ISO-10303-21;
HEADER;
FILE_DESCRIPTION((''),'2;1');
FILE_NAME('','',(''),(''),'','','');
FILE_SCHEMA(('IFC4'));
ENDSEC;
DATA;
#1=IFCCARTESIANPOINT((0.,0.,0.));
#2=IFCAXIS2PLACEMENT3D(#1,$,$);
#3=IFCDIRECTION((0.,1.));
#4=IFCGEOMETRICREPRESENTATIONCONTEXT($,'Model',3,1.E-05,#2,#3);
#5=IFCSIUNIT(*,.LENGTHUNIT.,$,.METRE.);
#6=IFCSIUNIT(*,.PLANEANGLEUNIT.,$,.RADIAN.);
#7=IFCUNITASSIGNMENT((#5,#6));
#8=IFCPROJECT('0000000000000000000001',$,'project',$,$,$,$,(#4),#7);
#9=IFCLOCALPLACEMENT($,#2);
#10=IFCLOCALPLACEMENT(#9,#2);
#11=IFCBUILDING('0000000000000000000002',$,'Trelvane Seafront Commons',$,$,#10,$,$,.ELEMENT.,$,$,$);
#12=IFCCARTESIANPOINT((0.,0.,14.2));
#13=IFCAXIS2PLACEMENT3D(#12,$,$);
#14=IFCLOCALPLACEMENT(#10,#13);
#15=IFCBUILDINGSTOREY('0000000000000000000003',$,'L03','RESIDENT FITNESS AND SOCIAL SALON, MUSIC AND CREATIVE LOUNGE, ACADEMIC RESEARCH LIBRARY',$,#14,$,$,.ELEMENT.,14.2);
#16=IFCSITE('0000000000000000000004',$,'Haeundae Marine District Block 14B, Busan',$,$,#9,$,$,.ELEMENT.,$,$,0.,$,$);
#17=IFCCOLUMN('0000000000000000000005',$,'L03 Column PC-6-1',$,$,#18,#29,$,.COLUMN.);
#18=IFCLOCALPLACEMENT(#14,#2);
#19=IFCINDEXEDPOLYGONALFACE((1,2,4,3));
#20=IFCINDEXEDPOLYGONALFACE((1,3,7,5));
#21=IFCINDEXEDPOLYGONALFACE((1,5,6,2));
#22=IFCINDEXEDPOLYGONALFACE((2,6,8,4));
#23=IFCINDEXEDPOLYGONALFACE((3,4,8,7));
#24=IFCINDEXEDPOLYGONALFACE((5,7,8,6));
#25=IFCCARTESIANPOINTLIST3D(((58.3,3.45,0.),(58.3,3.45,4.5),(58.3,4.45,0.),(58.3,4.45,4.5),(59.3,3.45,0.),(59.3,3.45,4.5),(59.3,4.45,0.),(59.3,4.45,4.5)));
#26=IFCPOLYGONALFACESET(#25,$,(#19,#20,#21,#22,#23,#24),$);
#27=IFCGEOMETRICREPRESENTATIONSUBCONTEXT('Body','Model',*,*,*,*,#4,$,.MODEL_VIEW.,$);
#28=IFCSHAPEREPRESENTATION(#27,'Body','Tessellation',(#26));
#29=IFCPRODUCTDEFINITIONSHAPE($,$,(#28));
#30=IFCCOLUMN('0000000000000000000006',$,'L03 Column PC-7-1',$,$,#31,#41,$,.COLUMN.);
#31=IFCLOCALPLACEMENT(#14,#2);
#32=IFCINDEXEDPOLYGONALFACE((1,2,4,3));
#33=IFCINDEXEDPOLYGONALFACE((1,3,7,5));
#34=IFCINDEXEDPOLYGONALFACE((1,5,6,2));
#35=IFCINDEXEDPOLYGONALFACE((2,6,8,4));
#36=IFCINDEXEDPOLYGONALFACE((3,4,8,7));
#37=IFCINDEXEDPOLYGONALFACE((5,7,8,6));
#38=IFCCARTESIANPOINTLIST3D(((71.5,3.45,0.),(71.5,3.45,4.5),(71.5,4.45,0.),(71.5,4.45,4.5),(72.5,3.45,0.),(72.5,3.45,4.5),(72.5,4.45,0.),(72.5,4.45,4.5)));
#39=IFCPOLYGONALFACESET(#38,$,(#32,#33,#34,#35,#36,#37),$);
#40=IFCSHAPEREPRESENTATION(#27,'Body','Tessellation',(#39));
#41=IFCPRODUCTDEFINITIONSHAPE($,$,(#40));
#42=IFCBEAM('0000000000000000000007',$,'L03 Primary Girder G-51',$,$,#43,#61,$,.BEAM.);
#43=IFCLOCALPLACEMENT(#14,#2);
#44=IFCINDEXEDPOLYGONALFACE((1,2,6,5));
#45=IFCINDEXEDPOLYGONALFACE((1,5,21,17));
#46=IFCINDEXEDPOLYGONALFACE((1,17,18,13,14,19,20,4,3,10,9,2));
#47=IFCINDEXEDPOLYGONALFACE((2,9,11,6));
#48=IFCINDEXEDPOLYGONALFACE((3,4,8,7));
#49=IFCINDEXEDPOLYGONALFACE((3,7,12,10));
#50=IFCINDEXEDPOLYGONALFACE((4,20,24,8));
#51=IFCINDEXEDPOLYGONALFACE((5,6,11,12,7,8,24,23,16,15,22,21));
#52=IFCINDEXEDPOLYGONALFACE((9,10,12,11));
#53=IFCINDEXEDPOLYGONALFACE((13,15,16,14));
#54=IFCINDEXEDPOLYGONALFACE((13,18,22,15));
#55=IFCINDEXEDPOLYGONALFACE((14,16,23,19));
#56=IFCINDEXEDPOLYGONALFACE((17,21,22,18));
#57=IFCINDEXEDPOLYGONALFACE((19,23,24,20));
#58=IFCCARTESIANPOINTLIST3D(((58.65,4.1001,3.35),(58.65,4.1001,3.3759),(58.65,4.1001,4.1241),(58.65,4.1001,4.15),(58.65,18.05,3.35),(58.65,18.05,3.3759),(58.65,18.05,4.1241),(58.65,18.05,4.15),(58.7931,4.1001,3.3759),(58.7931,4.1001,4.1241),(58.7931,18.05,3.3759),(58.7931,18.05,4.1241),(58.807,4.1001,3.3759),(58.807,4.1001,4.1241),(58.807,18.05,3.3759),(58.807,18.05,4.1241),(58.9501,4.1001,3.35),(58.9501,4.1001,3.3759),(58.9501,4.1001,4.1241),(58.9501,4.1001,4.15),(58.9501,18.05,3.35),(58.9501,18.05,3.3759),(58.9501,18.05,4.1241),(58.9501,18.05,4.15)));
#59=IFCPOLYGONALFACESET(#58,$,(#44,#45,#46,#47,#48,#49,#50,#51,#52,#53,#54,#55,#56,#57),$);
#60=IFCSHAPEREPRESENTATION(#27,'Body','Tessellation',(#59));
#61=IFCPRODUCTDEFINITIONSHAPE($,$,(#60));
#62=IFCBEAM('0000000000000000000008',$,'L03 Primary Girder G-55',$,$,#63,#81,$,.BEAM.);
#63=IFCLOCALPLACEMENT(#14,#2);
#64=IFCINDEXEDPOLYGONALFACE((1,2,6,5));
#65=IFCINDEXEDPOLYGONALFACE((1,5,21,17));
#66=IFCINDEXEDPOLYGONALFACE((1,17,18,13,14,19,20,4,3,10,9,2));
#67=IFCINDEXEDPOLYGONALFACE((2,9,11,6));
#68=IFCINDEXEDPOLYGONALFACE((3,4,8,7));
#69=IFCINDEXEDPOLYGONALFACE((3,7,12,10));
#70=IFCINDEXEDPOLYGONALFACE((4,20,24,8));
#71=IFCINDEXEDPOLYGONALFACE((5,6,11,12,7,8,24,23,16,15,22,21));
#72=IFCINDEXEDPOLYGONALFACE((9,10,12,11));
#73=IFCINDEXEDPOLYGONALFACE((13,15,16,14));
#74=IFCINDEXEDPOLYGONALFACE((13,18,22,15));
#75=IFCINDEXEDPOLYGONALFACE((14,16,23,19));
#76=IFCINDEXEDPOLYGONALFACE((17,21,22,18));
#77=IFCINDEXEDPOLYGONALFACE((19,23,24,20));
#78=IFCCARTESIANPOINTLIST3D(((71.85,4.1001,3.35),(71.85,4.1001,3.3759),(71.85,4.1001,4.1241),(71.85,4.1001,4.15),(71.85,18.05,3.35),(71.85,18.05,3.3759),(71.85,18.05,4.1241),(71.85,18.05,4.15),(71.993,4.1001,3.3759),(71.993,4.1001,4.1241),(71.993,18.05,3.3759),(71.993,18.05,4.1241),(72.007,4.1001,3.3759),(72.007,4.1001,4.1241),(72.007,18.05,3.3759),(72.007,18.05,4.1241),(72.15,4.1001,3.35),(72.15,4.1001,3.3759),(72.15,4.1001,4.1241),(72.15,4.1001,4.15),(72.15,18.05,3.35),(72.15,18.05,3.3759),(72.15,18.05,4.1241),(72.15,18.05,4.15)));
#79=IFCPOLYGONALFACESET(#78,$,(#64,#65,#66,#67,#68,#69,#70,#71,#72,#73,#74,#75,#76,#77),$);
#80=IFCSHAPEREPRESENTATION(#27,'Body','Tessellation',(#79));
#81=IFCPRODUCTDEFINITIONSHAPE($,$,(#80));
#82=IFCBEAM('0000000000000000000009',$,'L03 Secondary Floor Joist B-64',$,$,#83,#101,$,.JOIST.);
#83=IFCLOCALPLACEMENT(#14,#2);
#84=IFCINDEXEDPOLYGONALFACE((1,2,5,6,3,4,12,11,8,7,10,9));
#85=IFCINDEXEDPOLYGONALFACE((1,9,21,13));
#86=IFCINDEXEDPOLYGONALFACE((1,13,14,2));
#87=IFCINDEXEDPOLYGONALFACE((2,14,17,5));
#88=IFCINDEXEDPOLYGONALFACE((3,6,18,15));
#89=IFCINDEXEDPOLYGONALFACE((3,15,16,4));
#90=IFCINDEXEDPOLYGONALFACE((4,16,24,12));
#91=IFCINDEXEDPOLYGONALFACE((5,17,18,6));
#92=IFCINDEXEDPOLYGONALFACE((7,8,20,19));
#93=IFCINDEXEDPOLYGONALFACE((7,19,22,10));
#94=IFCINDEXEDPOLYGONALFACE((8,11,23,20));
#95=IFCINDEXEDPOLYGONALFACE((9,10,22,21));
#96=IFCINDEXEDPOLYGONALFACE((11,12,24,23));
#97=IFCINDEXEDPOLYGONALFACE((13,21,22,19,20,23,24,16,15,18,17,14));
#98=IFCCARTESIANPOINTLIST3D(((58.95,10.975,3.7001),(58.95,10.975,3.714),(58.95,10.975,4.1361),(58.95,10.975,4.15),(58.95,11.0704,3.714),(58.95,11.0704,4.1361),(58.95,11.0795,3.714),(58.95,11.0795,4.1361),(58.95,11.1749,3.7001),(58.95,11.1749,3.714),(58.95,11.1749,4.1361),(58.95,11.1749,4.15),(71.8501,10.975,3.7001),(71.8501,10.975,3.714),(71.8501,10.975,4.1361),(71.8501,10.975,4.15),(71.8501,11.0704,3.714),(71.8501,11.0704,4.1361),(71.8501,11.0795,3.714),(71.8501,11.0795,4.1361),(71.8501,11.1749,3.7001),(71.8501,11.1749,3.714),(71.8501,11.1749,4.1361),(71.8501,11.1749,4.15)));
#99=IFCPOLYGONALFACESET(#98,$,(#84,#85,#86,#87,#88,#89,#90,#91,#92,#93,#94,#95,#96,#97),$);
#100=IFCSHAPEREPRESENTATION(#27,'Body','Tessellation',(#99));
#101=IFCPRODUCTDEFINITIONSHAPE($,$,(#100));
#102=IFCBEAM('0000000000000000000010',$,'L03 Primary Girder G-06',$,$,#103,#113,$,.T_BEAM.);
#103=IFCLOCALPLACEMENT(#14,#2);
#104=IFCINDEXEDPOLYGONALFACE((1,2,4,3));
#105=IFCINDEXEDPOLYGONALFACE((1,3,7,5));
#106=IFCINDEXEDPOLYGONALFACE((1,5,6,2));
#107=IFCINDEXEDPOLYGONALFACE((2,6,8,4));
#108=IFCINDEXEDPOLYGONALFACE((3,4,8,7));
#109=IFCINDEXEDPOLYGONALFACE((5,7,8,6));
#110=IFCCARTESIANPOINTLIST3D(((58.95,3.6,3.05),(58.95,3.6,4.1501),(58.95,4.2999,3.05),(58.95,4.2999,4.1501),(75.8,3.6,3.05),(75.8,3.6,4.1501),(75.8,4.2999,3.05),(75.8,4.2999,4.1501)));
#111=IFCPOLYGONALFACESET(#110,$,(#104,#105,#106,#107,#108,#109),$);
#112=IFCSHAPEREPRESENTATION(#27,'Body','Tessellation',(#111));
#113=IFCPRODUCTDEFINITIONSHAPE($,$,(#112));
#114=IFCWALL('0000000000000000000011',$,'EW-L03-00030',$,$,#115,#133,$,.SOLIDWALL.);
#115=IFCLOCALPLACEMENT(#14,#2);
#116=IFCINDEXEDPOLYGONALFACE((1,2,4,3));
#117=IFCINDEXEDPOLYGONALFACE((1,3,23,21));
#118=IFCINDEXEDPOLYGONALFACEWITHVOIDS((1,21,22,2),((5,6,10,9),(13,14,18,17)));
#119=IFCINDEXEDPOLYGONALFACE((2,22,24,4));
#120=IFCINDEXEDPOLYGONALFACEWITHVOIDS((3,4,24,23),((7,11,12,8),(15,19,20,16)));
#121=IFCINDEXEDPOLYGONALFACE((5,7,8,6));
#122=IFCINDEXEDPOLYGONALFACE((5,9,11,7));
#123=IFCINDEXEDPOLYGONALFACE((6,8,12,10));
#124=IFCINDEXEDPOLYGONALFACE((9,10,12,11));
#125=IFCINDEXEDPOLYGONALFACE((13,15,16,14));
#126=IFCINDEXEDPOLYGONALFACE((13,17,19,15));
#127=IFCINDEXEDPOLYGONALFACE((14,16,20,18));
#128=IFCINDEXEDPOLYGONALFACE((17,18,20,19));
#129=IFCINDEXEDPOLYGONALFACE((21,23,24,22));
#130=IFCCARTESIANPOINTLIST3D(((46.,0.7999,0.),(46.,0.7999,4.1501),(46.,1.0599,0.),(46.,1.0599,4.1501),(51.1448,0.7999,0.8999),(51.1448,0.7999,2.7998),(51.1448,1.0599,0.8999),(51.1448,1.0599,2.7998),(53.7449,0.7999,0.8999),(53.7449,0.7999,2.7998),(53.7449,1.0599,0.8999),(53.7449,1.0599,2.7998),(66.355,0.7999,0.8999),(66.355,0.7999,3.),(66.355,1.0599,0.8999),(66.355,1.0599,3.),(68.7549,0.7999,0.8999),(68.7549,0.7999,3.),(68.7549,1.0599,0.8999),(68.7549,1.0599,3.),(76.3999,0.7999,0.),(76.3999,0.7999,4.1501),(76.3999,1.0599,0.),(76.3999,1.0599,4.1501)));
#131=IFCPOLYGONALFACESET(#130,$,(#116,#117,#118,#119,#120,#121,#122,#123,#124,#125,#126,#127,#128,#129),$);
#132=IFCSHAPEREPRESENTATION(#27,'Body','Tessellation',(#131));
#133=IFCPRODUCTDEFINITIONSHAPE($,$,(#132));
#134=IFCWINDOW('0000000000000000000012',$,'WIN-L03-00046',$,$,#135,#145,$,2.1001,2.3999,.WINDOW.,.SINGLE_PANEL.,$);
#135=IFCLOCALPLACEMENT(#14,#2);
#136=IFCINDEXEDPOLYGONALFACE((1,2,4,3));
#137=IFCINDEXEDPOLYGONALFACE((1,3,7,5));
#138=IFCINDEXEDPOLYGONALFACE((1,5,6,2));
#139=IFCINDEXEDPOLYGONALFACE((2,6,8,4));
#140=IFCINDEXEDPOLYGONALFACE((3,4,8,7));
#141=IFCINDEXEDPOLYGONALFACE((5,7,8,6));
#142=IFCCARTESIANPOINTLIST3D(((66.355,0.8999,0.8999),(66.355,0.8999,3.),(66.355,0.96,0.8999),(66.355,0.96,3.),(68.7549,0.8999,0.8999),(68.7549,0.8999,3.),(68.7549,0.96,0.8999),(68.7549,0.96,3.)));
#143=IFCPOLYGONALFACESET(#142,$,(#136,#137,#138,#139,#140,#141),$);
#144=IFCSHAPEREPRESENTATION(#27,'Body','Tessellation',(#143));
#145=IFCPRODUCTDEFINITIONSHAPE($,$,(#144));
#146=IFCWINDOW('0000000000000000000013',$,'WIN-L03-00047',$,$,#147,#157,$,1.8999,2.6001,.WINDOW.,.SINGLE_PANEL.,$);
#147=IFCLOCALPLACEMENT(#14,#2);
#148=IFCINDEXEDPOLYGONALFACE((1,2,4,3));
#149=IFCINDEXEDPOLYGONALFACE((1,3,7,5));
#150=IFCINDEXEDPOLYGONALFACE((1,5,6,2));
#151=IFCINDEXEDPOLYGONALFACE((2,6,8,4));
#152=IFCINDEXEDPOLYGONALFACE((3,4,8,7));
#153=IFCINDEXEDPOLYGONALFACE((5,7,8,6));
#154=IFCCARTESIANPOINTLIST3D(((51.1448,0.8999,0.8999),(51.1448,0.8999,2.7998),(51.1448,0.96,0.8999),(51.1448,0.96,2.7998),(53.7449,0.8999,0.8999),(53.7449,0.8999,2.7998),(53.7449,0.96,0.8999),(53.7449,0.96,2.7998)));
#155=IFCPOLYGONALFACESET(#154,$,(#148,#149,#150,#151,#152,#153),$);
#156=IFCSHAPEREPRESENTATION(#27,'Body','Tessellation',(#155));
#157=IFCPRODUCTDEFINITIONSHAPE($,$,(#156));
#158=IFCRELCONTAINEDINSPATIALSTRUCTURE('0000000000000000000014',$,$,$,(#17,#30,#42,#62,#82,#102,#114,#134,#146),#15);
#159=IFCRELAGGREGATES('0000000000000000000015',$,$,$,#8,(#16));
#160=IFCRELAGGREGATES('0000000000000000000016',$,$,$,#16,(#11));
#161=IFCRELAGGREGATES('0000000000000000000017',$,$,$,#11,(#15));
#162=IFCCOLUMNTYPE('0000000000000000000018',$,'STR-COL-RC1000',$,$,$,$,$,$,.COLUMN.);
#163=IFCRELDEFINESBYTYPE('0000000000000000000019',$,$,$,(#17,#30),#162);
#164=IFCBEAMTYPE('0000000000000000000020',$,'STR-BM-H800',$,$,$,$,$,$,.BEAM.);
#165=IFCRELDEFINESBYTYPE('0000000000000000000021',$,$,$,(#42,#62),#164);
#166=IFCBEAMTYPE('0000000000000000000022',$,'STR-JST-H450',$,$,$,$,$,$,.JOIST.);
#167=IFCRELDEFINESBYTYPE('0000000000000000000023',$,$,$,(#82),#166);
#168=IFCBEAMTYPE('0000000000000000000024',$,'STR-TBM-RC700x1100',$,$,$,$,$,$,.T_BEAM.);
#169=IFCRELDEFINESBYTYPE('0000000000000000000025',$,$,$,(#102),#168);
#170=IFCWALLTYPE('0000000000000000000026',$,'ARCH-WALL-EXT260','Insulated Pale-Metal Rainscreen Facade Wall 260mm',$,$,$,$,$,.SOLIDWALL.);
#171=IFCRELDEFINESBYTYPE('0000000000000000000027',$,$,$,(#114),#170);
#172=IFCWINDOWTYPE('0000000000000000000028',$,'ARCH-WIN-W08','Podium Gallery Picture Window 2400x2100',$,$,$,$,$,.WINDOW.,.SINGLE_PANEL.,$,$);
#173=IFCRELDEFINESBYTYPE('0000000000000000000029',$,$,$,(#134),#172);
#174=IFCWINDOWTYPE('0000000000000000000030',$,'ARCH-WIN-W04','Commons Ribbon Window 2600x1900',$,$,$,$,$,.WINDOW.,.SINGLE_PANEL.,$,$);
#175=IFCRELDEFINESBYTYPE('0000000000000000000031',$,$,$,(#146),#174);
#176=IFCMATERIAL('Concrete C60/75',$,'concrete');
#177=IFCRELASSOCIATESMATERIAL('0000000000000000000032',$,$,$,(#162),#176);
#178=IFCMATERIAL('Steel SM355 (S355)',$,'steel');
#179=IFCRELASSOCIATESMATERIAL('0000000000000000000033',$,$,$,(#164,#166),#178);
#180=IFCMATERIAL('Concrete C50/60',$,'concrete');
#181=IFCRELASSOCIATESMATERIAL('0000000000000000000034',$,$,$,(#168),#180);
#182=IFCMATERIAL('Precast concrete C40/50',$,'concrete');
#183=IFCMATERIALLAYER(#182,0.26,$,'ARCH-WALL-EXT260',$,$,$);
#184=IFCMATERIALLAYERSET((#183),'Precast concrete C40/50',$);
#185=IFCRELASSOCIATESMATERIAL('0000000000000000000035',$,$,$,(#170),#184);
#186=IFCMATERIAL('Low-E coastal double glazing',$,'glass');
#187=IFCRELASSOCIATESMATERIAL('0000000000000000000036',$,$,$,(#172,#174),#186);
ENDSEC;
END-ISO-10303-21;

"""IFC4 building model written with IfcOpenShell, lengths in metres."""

from ifc_helpers import new_model, si_unit, direction, frame, frame_2d, origin, origin_2d, place, context, subcontext, project, spatial, rectangle, i_section, extrude, source, transform, mapped, material, layer, layer_set, material_profile, profile_set, type_object, element, fill, save


model = new_model("IFC4")

# Units and contexts
model_context = context("Model", 3, precision=1e-05, world=origin(), true_north=direction((0.0, 1.0)))
body_context = subcontext(model_context, "Body", "Model", "MODEL_VIEW")
ifc_project = project(units=[si_unit("LENGTHUNIT", "METRE"), si_unit("PLANEANGLEUNIT", "RADIAN")], contexts=[model_context])

# Site, building, storey
site_placement = place(None, origin())
site = spatial("IfcSite", under=ifc_project, at=site_placement, Name="Haeundae Marine District Block 14B, Busan", CompositionType="ELEMENT", RefElevation=0.0)
building_placement = place(site_placement, origin())
building = spatial("IfcBuilding", under=site, at=building_placement, Name="Trelvane Seafront Commons", CompositionType="ELEMENT")
storey_placement = place(building_placement, frame((0.0, 0.0, 14.2)))
storey = spatial("IfcBuildingStorey", under=building, at=storey_placement, Name="L03", Description="RESIDENT FITNESS AND SOCIAL SALON, MUSIC AND CREATIVE LOUNGE, ACADEMIC RESEARCH LIBRARY", CompositionType="ELEMENT", Elevation=14.2)

# Columns
ifc_material_1 = material(Name="Concrete C60/75", Category="concrete")
ifc_material_profile_1 = material_profile(ifc_material_1, rectangle(XDim=1.0, YDim=1.0, at=origin_2d()), Name="RC-1000x1000")
ifc_profile_set_1 = profile_set([ifc_material_profile_1], Name="Concrete C60/75")
column_type = type_object("IfcColumnType", Name="STR-COL-RC1000", PredefinedType="COLUMN", material=ifc_profile_set_1)
shared_shape_1 = source(origin(), body_context, "Body", "SweptSolid", [
    extrude(rectangle(XDim=1.0, YDim=1.0, at=origin_2d()), origin(), (0.0, 0.0, 1.0), 4.5),
])
for number, where, z_axis, x_axis, name in (
    (1, (58.8, 3.95, 0.0), (0.0, 0.0, 1.0), (1.0, 0.0, 0.0), "L03 Column PC-6-1"),
    (2, (72.0, 3.95, 0.0), (0.0, 0.0, 1.0), (1.0, 0.0, 0.0), "L03 Column PC-7-1"),
):
    element("IfcColumn", number, at=place(storey_placement, frame(where, z_axis=z_axis, x_axis=x_axis)), inside=storey, type_object=column_type, Name=name, PredefinedType="COLUMN", context=body_context, shape_type="MappedRepresentation", body=[
        mapped(shared_shape_1, transform((0.0, 0.0, 0.0), x_axis=(1.0, 0.0, 0.0), y_axis=(0.0, 1.0, 0.0), z_axis=(0.0, 0.0, 1.0), scale=1.0)),
    ])

# Beams
ifc_material_2 = material(Name="Steel SM355 (S355)", Category="steel")
ifc_material_profile_2 = material_profile(ifc_material_2, i_section(OverallWidth=0.3, OverallDepth=0.8, WebThickness=0.0139, FlangeThickness=0.0259, at=origin_2d()), Name="H-800x300x14x26")
ifc_profile_set_2 = profile_set([ifc_material_profile_2], Name="Steel SM355 (S355)")
beam_type_1 = type_object("IfcBeamType", Name="STR-BM-H800", PredefinedType="BEAM", material=ifc_profile_set_2)
shared_shape_2 = source(origin(), body_context, "Body", "SweptSolid", [
    extrude(i_section(OverallWidth=0.3, OverallDepth=0.8, WebThickness=0.0139, FlangeThickness=0.0259, at=origin_2d()), origin(), (0.0, 0.0, 1.0), 13.95),
])
for number, where, z_axis, x_axis, name in (
    (3, (58.8, 4.1001, 3.75), (0.0, 1.0, 0.0), (-1.0, 0.0, 0.0), "L03 Primary Girder G-51"),
    (4, (72.0, 4.1001, 3.75), (0.0, 1.0, 0.0), (-1.0, 0.0, 0.0), "L03 Primary Girder G-55"),
):
    element("IfcBeam", number, at=place(storey_placement, frame(where, z_axis=z_axis, x_axis=x_axis)), inside=storey, type_object=beam_type_1, Name=name, PredefinedType="BEAM", context=body_context, shape_type="MappedRepresentation", body=[
        mapped(shared_shape_2, transform((0.0, 0.0, 0.0), x_axis=(1.0, 0.0, 0.0), y_axis=(0.0, 1.0, 0.0), z_axis=(0.0, 0.0, 1.0), scale=1.0)),
    ])
ifc_material_profile_3 = material_profile(ifc_material_2, i_section(OverallWidth=0.2, OverallDepth=0.45, WebThickness=0.009, FlangeThickness=0.0139, at=origin_2d()), Name="H-450x200x9x14")
ifc_profile_set_3 = profile_set([ifc_material_profile_3], Name="Steel SM355 (S355)")
beam_type_2 = type_object("IfcBeamType", Name="STR-JST-H450", PredefinedType="JOIST", material=ifc_profile_set_3)
shared_shape_3 = source(origin(), body_context, "Body", "SweptSolid", [
    extrude(i_section(OverallWidth=0.2, OverallDepth=0.45, WebThickness=0.009, FlangeThickness=0.0139, at=origin_2d()), origin(), (0.0, 0.0, 1.0), 12.9001),
])
beam_1_placement = place(storey_placement, frame((58.95, 11.075, 3.925), z_axis=(1.0, 0.0, 0.0), x_axis=(0.0, 1.0, 0.0)))
element("IfcBeam", 5, at=beam_1_placement, inside=storey, type_object=beam_type_2, Name="L03 Secondary Floor Joist B-64", PredefinedType="JOIST", context=body_context, shape_type="MappedRepresentation", body=[
    mapped(shared_shape_3, transform((0.0, 0.0, 0.0), x_axis=(1.0, 0.0, 0.0), y_axis=(0.0, 1.0, 0.0), z_axis=(0.0, 0.0, 1.0), scale=1.0)),
])
ifc_material_3 = material(Name="Concrete C50/60", Category="concrete")
ifc_material_profile_4 = material_profile(ifc_material_3, rectangle(XDim=0.7, YDim=1.1001, at=origin_2d()), Name="RC-700x1100")
ifc_profile_set_4 = profile_set([ifc_material_profile_4], Name="Concrete C50/60")
beam_type_3 = type_object("IfcBeamType", Name="STR-TBM-RC700x1100", PredefinedType="T_BEAM", material=ifc_profile_set_4)
shared_shape_4 = source(origin(), body_context, "Body", "SweptSolid", [
    extrude(rectangle(XDim=0.7, YDim=1.1001, at=origin_2d()), origin(), (0.0, 0.0, 1.0), 16.8501),
])
beam_2_placement = place(storey_placement, frame((58.95, 3.95, 3.6001), z_axis=(1.0, 0.0, 0.0), x_axis=(0.0, 1.0, 0.0)))
element("IfcBeam", 6, at=beam_2_placement, inside=storey, type_object=beam_type_3, Name="L03 Primary Girder G-06", PredefinedType="T_BEAM", context=body_context, shape_type="MappedRepresentation", body=[
    mapped(shared_shape_4, transform((0.0, 0.0, 0.0), x_axis=(1.0, 0.0, 0.0), y_axis=(0.0, 1.0, 0.0), z_axis=(0.0, 0.0, 1.0), scale=1.0)),
])

# Wall, openings, windows
ifc_material_4 = material(Name="Precast concrete C40/50", Category="concrete")
ifc_layer_1 = layer(ifc_material_4, 0.26, Name="ARCH-WALL-EXT260")
ifc_layer_set_1 = layer_set([ifc_layer_1], Name="Precast concrete C40/50")
wall_type_1 = type_object("IfcWallType", Name="ARCH-WALL-EXT260", Description="Insulated Pale-Metal Rainscreen Facade Wall 260mm", PredefinedType="SOLIDWALL", material=ifc_layer_set_1)
wall_1_placement = place(storey_placement, frame((76.3999, 0.9299, 0.0), z_axis=(0.0, 0.0, 1.0), x_axis=(-1.0, 0.0, 0.0)))
wall_1 = element("IfcWall", 7, at=wall_1_placement, inside=storey, type_object=wall_type_1, Name="EW-L03-00030", PredefinedType="SOLIDWALL", context=body_context, shape_type="SweptSolid", body=[
    extrude(rectangle(XDim=30.3999, YDim=0.26, at=frame_2d((15.2, 0.0))), origin(), (0.0, 0.0, 1.0), 4.1501),
])
opening_1_placement = place(wall_1_placement, frame((7.645, 0.0, 0.8999)))
opening_1 = element("IfcOpeningElement", 8, at=opening_1_placement, cuts=wall_1, PredefinedType="OPENING", context=body_context, shape_type="SweptSolid", body=[
    extrude(rectangle(XDim=2.3999, YDim=2.1001, at=frame_2d((1.2, 1.05))), frame((0.0, 0.1399, 0.0), z_axis=(0.0, -1.0, 0.0), x_axis=(1.0, 0.0, 0.0)), (0.0, 0.0, 1.0), 0.28),
])
opening_2_placement = place(wall_1_placement, frame((22.655, 0.0, 0.8999)))
opening_2 = element("IfcOpeningElement", 9, at=opening_2_placement, cuts=wall_1, PredefinedType="OPENING", context=body_context, shape_type="SweptSolid", body=[
    extrude(rectangle(XDim=2.6001, YDim=1.8999, at=frame_2d((1.3, 0.95))), frame((0.0, 0.1399, 0.0), z_axis=(0.0, -1.0, 0.0), x_axis=(1.0, 0.0, 0.0)), (0.0, 0.0, 1.0), 0.28),
])
ifc_material_5 = material(Name="Low-E coastal double glazing", Category="glass")
window_type_1 = type_object("IfcWindowType", Name="ARCH-WIN-W08", Description="Podium Gallery Picture Window 2400x2100", PartitioningType="SINGLE_PANEL", PredefinedType="WINDOW", material=ifc_material_5)
shared_shape_5 = source(origin(), body_context, "Body", "SweptSolid", [
    extrude(rectangle(XDim=2.3999, YDim=2.1001, at=frame_2d((1.2, 1.05))), frame((0.0, 0.03, 0.0), z_axis=(0.0, -1.0, 0.0), x_axis=(1.0, 0.0, 0.0)), (0.0, 0.0, 1.0), 0.0601),
])
window_1_placement = place(opening_1_placement, origin())
window_1 = element("IfcWindow", 10, at=window_1_placement, inside=storey, type_object=window_type_1, Name="WIN-L03-00046", OverallHeight=2.1001, OverallWidth=2.3999, PartitioningType="SINGLE_PANEL", PredefinedType="WINDOW", context=body_context, shape_type="MappedRepresentation", body=[
    mapped(shared_shape_5, transform((0.0, 0.0, 0.0), x_axis=(1.0, 0.0, 0.0), y_axis=(0.0, 1.0, 0.0), z_axis=(0.0, 0.0, 1.0), scale=1.0)),
])
fill(opening_1, window_1)
window_type_2 = type_object("IfcWindowType", Name="ARCH-WIN-W04", Description="Commons Ribbon Window 2600x1900", PartitioningType="SINGLE_PANEL", PredefinedType="WINDOW", material=ifc_material_5)
shared_shape_6 = source(origin(), body_context, "Body", "SweptSolid", [
    extrude(rectangle(XDim=2.6001, YDim=1.8999, at=frame_2d((1.3, 0.95))), frame((0.0, 0.03, 0.0), z_axis=(0.0, -1.0, 0.0), x_axis=(1.0, 0.0, 0.0)), (0.0, 0.0, 1.0), 0.0601),
])
window_2_placement = place(opening_2_placement, origin())
window_2 = element("IfcWindow", 11, at=window_2_placement, inside=storey, type_object=window_type_2, Name="WIN-L03-00047", OverallHeight=1.8999, OverallWidth=2.6001, PartitioningType="SINGLE_PANEL", PredefinedType="WINDOW", context=body_context, shape_type="MappedRepresentation", body=[
    mapped(shared_shape_6, transform((0.0, 0.0, 0.0), x_axis=(1.0, 0.0, 0.0), y_axis=(0.0, 1.0, 0.0), z_axis=(0.0, 0.0, 1.0), scale=1.0)),
])
fill(opening_2, window_2)

save(model, "model.ifc")
